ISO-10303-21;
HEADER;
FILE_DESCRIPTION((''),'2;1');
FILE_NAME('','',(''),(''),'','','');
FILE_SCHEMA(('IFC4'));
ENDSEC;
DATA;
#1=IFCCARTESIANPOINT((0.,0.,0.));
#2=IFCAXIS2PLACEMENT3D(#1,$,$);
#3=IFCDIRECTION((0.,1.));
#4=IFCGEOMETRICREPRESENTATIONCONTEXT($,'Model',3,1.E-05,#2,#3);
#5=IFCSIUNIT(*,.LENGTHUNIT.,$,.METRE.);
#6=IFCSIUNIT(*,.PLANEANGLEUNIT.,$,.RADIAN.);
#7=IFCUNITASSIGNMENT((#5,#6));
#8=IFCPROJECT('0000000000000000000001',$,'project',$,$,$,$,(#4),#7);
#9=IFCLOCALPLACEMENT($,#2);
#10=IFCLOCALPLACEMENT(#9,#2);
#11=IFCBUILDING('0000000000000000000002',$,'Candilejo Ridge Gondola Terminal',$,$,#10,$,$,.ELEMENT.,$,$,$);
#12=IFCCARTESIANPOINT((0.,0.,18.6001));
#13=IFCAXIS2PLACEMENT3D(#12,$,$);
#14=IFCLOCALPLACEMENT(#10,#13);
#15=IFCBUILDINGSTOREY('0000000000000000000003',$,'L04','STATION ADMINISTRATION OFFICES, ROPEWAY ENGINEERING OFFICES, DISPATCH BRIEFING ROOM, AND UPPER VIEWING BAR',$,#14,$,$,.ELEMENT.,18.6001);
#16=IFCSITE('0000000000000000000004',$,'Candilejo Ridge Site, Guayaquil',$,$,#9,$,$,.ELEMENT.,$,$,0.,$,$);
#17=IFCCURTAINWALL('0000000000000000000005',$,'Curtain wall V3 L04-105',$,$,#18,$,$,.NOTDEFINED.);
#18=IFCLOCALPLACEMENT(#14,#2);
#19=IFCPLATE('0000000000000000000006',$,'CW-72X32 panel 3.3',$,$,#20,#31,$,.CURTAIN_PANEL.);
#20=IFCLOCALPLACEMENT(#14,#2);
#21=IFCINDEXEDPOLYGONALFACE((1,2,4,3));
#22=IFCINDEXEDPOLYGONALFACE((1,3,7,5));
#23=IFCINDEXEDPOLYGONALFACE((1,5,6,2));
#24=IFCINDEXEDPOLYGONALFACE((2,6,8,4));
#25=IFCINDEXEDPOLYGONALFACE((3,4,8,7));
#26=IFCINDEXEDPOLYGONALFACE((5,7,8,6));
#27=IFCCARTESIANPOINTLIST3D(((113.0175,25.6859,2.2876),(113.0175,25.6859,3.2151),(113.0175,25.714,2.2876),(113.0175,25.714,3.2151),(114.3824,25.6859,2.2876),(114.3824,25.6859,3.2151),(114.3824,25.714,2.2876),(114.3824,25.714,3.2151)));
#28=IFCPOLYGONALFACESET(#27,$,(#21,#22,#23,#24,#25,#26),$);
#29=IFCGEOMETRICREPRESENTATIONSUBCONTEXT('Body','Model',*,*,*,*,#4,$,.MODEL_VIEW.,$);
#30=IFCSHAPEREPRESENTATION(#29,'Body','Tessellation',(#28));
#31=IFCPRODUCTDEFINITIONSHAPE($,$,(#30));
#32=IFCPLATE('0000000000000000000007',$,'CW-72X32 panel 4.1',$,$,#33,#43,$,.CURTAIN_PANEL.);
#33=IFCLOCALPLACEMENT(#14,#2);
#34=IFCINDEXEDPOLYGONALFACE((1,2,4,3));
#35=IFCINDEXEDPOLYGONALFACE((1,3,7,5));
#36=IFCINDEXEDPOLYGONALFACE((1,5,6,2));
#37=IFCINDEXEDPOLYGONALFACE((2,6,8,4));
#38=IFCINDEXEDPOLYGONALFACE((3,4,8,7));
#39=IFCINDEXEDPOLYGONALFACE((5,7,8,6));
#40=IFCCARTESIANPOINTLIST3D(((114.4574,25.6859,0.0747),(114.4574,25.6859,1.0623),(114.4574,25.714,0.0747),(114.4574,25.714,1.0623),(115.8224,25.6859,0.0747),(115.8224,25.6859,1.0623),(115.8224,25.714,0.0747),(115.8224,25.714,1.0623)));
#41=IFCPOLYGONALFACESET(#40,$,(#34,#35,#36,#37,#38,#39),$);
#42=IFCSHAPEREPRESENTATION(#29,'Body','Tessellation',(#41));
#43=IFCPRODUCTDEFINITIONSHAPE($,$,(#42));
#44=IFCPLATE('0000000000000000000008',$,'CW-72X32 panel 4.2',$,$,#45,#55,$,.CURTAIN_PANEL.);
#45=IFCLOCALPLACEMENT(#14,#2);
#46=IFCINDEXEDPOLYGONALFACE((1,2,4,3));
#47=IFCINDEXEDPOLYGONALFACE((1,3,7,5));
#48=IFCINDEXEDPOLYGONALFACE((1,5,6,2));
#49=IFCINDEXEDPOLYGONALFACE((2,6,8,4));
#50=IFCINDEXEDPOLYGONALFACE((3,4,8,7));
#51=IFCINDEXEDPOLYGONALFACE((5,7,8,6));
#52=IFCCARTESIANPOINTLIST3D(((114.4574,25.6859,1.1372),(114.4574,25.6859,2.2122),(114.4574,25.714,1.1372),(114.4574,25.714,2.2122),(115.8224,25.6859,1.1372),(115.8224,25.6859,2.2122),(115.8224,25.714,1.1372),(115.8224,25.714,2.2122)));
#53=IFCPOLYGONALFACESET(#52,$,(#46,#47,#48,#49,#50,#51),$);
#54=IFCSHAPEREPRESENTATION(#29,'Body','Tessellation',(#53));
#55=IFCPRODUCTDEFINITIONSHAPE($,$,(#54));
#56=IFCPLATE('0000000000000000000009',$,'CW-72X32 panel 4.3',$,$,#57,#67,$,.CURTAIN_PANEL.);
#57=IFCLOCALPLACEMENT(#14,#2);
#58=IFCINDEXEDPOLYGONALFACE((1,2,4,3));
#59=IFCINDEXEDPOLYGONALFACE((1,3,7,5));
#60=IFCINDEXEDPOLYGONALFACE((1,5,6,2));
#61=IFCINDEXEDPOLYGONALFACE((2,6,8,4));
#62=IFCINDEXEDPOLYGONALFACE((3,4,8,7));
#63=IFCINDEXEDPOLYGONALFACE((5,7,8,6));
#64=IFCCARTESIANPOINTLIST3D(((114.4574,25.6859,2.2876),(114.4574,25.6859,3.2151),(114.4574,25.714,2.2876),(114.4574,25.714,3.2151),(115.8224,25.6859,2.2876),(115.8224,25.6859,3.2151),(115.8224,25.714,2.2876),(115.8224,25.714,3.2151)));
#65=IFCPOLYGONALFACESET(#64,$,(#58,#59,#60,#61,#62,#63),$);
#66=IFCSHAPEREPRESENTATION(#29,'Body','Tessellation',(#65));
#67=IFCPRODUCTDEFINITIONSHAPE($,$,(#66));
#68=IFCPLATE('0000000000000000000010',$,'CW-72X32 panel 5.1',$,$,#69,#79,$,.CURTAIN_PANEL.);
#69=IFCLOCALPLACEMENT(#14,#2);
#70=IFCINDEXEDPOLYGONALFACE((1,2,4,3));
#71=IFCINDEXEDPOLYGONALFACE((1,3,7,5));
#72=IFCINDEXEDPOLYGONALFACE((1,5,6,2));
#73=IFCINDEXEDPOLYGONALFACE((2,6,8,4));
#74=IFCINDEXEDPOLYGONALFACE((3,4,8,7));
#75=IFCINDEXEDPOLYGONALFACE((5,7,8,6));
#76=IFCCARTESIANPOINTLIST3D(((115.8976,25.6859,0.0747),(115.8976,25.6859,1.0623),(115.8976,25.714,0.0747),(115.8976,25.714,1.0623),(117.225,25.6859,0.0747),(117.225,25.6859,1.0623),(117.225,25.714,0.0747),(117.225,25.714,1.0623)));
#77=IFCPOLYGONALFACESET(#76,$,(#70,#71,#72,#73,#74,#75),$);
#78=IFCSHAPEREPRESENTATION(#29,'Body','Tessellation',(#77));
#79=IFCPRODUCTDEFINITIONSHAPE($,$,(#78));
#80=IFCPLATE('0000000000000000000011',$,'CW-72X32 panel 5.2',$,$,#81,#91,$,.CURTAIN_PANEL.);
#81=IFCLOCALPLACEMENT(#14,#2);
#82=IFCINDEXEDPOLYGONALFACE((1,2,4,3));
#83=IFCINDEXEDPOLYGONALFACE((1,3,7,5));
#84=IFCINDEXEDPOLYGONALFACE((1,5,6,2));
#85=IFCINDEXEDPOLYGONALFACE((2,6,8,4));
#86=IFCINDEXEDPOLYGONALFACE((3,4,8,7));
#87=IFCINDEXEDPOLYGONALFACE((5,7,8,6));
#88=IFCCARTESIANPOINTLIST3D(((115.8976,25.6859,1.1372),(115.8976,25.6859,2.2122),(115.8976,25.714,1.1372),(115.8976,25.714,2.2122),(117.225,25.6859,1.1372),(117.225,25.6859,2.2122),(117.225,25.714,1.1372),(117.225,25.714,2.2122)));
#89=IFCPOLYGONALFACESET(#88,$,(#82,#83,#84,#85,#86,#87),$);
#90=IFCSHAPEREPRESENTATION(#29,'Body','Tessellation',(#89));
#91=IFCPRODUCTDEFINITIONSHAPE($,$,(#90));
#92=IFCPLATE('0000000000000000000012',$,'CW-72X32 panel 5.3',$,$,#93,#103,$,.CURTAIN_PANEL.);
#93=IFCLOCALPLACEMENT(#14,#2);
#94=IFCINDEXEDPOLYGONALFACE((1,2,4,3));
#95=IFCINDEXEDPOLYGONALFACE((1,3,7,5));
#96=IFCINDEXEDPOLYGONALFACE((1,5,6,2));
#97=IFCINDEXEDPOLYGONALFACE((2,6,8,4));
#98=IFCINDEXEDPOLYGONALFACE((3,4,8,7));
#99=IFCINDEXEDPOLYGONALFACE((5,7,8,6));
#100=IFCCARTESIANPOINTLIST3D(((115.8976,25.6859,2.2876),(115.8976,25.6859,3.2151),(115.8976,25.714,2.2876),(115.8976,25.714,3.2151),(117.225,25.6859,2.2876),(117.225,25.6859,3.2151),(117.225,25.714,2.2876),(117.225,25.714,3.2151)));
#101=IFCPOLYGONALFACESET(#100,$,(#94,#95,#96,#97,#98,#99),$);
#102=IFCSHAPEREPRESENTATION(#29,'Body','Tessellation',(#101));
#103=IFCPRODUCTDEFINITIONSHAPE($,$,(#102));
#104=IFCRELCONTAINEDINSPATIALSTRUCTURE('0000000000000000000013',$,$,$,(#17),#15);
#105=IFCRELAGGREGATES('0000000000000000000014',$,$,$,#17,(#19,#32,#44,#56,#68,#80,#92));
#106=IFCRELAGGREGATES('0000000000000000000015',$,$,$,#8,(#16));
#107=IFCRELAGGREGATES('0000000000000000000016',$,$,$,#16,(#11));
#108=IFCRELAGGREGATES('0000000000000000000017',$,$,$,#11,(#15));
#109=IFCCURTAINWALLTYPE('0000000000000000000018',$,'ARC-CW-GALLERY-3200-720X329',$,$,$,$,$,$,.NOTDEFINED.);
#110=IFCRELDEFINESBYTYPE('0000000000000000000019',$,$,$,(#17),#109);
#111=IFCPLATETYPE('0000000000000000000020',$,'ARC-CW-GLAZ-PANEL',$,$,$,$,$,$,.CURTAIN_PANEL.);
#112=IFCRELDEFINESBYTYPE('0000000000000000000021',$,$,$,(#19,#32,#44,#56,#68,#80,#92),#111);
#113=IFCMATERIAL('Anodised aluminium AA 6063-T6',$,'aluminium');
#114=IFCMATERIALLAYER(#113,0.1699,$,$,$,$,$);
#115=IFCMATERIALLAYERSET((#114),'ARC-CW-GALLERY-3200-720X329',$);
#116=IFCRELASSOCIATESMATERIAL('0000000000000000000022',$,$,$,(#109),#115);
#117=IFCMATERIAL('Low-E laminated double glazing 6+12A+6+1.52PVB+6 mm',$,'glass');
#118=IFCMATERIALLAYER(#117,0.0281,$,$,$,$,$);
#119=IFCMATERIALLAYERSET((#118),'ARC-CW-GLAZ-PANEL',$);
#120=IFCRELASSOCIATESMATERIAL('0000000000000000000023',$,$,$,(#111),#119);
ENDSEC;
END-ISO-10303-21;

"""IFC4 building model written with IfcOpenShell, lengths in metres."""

from ifc_helpers import new_model, si_unit, direction, frame, origin, origin_2d, place, context, subcontext, project, spatial, rectangle, extrude, material, layer, layer_set, type_object, element, aggregate, save


model = new_model("IFC4")

# Units and contexts
model_context = context("Model", 3, precision=1e-05, world=origin(), true_north=direction((0.0, 1.0)))
body_context = subcontext(model_context, "Body", "Model", "MODEL_VIEW")
ifc_project = project(units=[si_unit("LENGTHUNIT", "METRE"), si_unit("PLANEANGLEUNIT", "RADIAN")], contexts=[model_context])

# Site, building, storey
site_placement = place(None, origin())
site = spatial("IfcSite", under=ifc_project, at=site_placement, Name="Candilejo Ridge Site, Guayaquil", CompositionType="ELEMENT", RefElevation=0.0)
building_placement = place(site_placement, origin())
building = spatial("IfcBuilding", under=site, at=building_placement, Name="Candilejo Ridge Gondola Terminal", CompositionType="ELEMENT")
storey_placement = place(building_placement, frame((0.0, 0.0, 18.6001)))
storey = spatial("IfcBuildingStorey", under=building, at=storey_placement, Name="L04", Description="STATION ADMINISTRATION OFFICES, ROPEWAY ENGINEERING OFFICES, DISPATCH BRIEFING ROOM, AND UPPER VIEWING BAR", CompositionType="ELEMENT", Elevation=18.6001)

# Curtain wall
ifc_material_1 = material(Name="Anodised aluminium AA 6063-T6", Category="aluminium")
ifc_layer_1 = layer(ifc_material_1, 0.1699)
ifc_layer_set_1 = layer_set([ifc_layer_1], Name="ARC-CW-GALLERY-3200-720X329")
curtain_wall_type = type_object("IfcCurtainWallType", Name="ARC-CW-GALLERY-3200-720X329", PredefinedType="NOTDEFINED", material=ifc_layer_set_1)
curtain_wall_placement = place(storey_placement, origin())
curtain_wall = element("IfcCurtainWall", 1, at=curtain_wall_placement, inside=storey, type_object=curtain_wall_type, Name="Curtain wall V3 L04-105", PredefinedType="NOTDEFINED")

# Plates
ifc_material_2 = material(Name="Low-E laminated double glazing 6+12A+6+1.52PVB+6 mm", Category="glass")
ifc_layer_2 = layer(ifc_material_2, 0.0281)
ifc_layer_set_2 = layer_set([ifc_layer_2], Name="ARC-CW-GLAZ-PANEL")
plate_type = type_object("IfcPlateType", Name="ARC-CW-GLAZ-PANEL", PredefinedType="CURTAIN_PANEL", material=ifc_layer_set_2)
plate_1_placement = place(storey_placement, frame((113.7, 25.7, 2.2876), z_axis=(0.0, 0.0, 1.0), x_axis=(1.0, 0.0, 0.0)))
plate_1 = element("IfcPlate", 2, at=plate_1_placement, type_object=plate_type, Name="CW-72X32 panel 3.3", PredefinedType="CURTAIN_PANEL", context=body_context, shape_type="SweptSolid", body=[
    extrude(rectangle(XDim=1.365, YDim=0.0281, at=origin_2d()), origin(), (0.0, 0.0, 1.0), 0.9275),
])
plate_2_placement = place(storey_placement, frame((115.1399, 25.7, 0.0747), z_axis=(0.0, 0.0, 1.0), x_axis=(1.0, 0.0, 0.0)))
plate_2 = element("IfcPlate", 3, at=plate_2_placement, type_object=plate_type, Name="CW-72X32 panel 4.1", PredefinedType="CURTAIN_PANEL", context=body_context, shape_type="SweptSolid", body=[
    extrude(rectangle(XDim=1.365, YDim=0.0281, at=origin_2d()), origin(), (0.0, 0.0, 1.0), 0.9875),
])
plate_3_placement = place(storey_placement, frame((115.1399, 25.7, 1.1372), z_axis=(0.0, 0.0, 1.0), x_axis=(1.0, 0.0, 0.0)))
plate_3 = element("IfcPlate", 4, at=plate_3_placement, type_object=plate_type, Name="CW-72X32 panel 4.2", PredefinedType="CURTAIN_PANEL", context=body_context, shape_type="SweptSolid", body=[
    extrude(rectangle(XDim=1.365, YDim=0.0281, at=origin_2d()), origin(), (0.0, 0.0, 1.0), 1.075),
])
plate_4_placement = place(storey_placement, frame((115.1399, 25.7, 2.2876), z_axis=(0.0, 0.0, 1.0), x_axis=(1.0, 0.0, 0.0)))
plate_4 = element("IfcPlate", 5, at=plate_4_placement, type_object=plate_type, Name="CW-72X32 panel 4.3", PredefinedType="CURTAIN_PANEL", context=body_context, shape_type="SweptSolid", body=[
    extrude(rectangle(XDim=1.365, YDim=0.0281, at=origin_2d()), origin(), (0.0, 0.0, 1.0), 0.9275),
])
plate_5_placement = place(storey_placement, frame((116.5613, 25.7, 0.0747), z_axis=(0.0, 0.0, 1.0), x_axis=(1.0, 0.0, 0.0)))
plate_5 = element("IfcPlate", 6, at=plate_5_placement, type_object=plate_type, Name="CW-72X32 panel 5.1", PredefinedType="CURTAIN_PANEL", context=body_context, shape_type="SweptSolid", body=[
    extrude(rectangle(XDim=1.3274, YDim=0.0281, at=origin_2d()), origin(), (0.0, 0.0, 1.0), 0.9875),
])
plate_6_placement = place(storey_placement, frame((116.5613, 25.7, 1.1372), z_axis=(0.0, 0.0, 1.0), x_axis=(1.0, 0.0, 0.0)))
plate_6 = element("IfcPlate", 7, at=plate_6_placement, type_object=plate_type, Name="CW-72X32 panel 5.2", PredefinedType="CURTAIN_PANEL", context=body_context, shape_type="SweptSolid", body=[
    extrude(rectangle(XDim=1.3274, YDim=0.0281, at=origin_2d()), origin(), (0.0, 0.0, 1.0), 1.075),
])
plate_7_placement = place(storey_placement, frame((116.5613, 25.7, 2.2876), z_axis=(0.0, 0.0, 1.0), x_axis=(1.0, 0.0, 0.0)))
plate_7 = element("IfcPlate", 8, at=plate_7_placement, type_object=plate_type, Name="CW-72X32 panel 5.3", PredefinedType="CURTAIN_PANEL", context=body_context, shape_type="SweptSolid", body=[
    extrude(rectangle(XDim=1.3274, YDim=0.0281, at=origin_2d()), origin(), (0.0, 0.0, 1.0), 0.9275),
])
aggregate(curtain_wall, [plate_1, plate_2, plate_3, plate_4, plate_5, plate_6, plate_7])

save(model, "model.ifc")
